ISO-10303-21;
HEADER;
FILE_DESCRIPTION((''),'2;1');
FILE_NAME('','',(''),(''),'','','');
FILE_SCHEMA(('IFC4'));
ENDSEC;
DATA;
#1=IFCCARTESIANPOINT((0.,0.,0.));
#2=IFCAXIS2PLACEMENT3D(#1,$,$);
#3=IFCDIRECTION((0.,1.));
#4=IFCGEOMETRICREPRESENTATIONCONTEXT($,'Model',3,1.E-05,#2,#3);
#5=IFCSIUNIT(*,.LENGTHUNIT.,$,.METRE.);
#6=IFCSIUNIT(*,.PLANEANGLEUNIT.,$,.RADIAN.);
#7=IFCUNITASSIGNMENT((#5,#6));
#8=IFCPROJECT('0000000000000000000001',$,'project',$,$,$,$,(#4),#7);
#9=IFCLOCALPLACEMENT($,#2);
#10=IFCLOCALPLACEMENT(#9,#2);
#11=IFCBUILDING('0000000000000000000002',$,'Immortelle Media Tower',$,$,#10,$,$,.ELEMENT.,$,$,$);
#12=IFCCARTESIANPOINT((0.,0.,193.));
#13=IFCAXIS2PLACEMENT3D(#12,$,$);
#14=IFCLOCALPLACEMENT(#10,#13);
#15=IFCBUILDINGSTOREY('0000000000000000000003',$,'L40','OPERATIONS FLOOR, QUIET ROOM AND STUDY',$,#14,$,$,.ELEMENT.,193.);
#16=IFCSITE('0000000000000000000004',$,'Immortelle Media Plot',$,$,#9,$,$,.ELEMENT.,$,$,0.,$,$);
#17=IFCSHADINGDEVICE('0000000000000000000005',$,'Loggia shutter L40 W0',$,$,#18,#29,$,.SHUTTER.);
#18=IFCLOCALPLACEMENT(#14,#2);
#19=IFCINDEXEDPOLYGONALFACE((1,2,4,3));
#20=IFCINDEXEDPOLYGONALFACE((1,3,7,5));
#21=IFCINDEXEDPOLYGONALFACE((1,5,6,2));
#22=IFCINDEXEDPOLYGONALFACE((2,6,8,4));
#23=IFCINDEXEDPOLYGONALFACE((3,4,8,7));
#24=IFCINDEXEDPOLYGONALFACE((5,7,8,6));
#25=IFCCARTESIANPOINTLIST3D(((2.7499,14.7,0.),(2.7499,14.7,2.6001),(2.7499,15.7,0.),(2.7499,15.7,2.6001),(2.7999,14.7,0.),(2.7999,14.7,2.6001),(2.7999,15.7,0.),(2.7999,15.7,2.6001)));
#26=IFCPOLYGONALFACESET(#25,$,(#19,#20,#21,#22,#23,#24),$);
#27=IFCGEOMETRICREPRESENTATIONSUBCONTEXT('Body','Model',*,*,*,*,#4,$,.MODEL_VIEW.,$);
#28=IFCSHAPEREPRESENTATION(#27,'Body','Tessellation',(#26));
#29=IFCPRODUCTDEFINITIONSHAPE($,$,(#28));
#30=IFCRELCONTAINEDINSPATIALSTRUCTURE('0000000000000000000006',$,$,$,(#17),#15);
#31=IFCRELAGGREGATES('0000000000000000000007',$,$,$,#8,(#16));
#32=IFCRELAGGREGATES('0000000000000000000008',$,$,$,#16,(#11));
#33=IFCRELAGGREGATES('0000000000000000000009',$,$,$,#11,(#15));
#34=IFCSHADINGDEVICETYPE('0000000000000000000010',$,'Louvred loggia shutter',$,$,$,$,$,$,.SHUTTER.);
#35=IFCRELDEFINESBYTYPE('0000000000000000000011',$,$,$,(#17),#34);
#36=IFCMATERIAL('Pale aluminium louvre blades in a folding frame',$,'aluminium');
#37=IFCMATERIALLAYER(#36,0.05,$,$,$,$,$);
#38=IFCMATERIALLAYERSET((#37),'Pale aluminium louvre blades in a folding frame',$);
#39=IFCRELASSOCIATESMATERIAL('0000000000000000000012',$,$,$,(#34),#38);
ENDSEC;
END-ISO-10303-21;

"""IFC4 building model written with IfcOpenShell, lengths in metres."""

from ifc_helpers import new_model, si_unit, direction, frame, origin, origin_2d, place, context, subcontext, project, spatial, rectangle, extrude, material, layer, layer_set, type_object, element, save


model = new_model("IFC4")

# Units and contexts
model_context = context("Model", 3, precision=1e-05, world=origin(), true_north=direction((0.0, 1.0)))
body_context = subcontext(model_context, "Body", "Model", "MODEL_VIEW")
ifc_project = project(units=[si_unit("LENGTHUNIT", "METRE"), si_unit("PLANEANGLEUNIT", "RADIAN")], contexts=[model_context])

# Site, building, storey
site_placement = place(None, origin())
site = spatial("IfcSite", under=ifc_project, at=site_placement, Name="Immortelle Media Plot", CompositionType="ELEMENT", RefElevation=0.0)
building_placement = place(site_placement, origin())
building = spatial("IfcBuilding", under=site, at=building_placement, Name="Immortelle Media Tower", CompositionType="ELEMENT")
storey_placement = place(building_placement, frame((0.0, 0.0, 193.0)))
storey = spatial("IfcBuildingStorey", under=building, at=storey_placement, Name="L40", Description="OPERATIONS FLOOR, QUIET ROOM AND STUDY", CompositionType="ELEMENT", Elevation=193.0)

# Shading device
ifc_material_1 = material(Name="Pale aluminium louvre blades in a folding frame", Category="aluminium")
ifc_layer_1 = layer(ifc_material_1, 0.05)
ifc_layer_set_1 = layer_set([ifc_layer_1], Name="Pale aluminium louvre blades in a folding frame")
shading_device_type_1 = type_object("IfcShadingDeviceType", Name="Louvred loggia shutter", PredefinedType="SHUTTER", material=ifc_layer_set_1)
shading_device_1_placement = place(storey_placement, frame((2.7749, 15.2, 0.0), z_axis=(0.0, 0.0, 1.0), x_axis=(0.0, -1.0, 0.0)))
element("IfcShadingDevice", 1, at=shading_device_1_placement, inside=storey, type_object=shading_device_type_1, Name="Loggia shutter L40 W0", PredefinedType="SHUTTER", context=body_context, shape_type="SweptSolid", body=[
    extrude(rectangle(XDim=1.0, YDim=0.05, at=origin_2d()), origin(), (0.0, 0.0, 1.0), 2.6001),
])

save(model, "model.ifc")
